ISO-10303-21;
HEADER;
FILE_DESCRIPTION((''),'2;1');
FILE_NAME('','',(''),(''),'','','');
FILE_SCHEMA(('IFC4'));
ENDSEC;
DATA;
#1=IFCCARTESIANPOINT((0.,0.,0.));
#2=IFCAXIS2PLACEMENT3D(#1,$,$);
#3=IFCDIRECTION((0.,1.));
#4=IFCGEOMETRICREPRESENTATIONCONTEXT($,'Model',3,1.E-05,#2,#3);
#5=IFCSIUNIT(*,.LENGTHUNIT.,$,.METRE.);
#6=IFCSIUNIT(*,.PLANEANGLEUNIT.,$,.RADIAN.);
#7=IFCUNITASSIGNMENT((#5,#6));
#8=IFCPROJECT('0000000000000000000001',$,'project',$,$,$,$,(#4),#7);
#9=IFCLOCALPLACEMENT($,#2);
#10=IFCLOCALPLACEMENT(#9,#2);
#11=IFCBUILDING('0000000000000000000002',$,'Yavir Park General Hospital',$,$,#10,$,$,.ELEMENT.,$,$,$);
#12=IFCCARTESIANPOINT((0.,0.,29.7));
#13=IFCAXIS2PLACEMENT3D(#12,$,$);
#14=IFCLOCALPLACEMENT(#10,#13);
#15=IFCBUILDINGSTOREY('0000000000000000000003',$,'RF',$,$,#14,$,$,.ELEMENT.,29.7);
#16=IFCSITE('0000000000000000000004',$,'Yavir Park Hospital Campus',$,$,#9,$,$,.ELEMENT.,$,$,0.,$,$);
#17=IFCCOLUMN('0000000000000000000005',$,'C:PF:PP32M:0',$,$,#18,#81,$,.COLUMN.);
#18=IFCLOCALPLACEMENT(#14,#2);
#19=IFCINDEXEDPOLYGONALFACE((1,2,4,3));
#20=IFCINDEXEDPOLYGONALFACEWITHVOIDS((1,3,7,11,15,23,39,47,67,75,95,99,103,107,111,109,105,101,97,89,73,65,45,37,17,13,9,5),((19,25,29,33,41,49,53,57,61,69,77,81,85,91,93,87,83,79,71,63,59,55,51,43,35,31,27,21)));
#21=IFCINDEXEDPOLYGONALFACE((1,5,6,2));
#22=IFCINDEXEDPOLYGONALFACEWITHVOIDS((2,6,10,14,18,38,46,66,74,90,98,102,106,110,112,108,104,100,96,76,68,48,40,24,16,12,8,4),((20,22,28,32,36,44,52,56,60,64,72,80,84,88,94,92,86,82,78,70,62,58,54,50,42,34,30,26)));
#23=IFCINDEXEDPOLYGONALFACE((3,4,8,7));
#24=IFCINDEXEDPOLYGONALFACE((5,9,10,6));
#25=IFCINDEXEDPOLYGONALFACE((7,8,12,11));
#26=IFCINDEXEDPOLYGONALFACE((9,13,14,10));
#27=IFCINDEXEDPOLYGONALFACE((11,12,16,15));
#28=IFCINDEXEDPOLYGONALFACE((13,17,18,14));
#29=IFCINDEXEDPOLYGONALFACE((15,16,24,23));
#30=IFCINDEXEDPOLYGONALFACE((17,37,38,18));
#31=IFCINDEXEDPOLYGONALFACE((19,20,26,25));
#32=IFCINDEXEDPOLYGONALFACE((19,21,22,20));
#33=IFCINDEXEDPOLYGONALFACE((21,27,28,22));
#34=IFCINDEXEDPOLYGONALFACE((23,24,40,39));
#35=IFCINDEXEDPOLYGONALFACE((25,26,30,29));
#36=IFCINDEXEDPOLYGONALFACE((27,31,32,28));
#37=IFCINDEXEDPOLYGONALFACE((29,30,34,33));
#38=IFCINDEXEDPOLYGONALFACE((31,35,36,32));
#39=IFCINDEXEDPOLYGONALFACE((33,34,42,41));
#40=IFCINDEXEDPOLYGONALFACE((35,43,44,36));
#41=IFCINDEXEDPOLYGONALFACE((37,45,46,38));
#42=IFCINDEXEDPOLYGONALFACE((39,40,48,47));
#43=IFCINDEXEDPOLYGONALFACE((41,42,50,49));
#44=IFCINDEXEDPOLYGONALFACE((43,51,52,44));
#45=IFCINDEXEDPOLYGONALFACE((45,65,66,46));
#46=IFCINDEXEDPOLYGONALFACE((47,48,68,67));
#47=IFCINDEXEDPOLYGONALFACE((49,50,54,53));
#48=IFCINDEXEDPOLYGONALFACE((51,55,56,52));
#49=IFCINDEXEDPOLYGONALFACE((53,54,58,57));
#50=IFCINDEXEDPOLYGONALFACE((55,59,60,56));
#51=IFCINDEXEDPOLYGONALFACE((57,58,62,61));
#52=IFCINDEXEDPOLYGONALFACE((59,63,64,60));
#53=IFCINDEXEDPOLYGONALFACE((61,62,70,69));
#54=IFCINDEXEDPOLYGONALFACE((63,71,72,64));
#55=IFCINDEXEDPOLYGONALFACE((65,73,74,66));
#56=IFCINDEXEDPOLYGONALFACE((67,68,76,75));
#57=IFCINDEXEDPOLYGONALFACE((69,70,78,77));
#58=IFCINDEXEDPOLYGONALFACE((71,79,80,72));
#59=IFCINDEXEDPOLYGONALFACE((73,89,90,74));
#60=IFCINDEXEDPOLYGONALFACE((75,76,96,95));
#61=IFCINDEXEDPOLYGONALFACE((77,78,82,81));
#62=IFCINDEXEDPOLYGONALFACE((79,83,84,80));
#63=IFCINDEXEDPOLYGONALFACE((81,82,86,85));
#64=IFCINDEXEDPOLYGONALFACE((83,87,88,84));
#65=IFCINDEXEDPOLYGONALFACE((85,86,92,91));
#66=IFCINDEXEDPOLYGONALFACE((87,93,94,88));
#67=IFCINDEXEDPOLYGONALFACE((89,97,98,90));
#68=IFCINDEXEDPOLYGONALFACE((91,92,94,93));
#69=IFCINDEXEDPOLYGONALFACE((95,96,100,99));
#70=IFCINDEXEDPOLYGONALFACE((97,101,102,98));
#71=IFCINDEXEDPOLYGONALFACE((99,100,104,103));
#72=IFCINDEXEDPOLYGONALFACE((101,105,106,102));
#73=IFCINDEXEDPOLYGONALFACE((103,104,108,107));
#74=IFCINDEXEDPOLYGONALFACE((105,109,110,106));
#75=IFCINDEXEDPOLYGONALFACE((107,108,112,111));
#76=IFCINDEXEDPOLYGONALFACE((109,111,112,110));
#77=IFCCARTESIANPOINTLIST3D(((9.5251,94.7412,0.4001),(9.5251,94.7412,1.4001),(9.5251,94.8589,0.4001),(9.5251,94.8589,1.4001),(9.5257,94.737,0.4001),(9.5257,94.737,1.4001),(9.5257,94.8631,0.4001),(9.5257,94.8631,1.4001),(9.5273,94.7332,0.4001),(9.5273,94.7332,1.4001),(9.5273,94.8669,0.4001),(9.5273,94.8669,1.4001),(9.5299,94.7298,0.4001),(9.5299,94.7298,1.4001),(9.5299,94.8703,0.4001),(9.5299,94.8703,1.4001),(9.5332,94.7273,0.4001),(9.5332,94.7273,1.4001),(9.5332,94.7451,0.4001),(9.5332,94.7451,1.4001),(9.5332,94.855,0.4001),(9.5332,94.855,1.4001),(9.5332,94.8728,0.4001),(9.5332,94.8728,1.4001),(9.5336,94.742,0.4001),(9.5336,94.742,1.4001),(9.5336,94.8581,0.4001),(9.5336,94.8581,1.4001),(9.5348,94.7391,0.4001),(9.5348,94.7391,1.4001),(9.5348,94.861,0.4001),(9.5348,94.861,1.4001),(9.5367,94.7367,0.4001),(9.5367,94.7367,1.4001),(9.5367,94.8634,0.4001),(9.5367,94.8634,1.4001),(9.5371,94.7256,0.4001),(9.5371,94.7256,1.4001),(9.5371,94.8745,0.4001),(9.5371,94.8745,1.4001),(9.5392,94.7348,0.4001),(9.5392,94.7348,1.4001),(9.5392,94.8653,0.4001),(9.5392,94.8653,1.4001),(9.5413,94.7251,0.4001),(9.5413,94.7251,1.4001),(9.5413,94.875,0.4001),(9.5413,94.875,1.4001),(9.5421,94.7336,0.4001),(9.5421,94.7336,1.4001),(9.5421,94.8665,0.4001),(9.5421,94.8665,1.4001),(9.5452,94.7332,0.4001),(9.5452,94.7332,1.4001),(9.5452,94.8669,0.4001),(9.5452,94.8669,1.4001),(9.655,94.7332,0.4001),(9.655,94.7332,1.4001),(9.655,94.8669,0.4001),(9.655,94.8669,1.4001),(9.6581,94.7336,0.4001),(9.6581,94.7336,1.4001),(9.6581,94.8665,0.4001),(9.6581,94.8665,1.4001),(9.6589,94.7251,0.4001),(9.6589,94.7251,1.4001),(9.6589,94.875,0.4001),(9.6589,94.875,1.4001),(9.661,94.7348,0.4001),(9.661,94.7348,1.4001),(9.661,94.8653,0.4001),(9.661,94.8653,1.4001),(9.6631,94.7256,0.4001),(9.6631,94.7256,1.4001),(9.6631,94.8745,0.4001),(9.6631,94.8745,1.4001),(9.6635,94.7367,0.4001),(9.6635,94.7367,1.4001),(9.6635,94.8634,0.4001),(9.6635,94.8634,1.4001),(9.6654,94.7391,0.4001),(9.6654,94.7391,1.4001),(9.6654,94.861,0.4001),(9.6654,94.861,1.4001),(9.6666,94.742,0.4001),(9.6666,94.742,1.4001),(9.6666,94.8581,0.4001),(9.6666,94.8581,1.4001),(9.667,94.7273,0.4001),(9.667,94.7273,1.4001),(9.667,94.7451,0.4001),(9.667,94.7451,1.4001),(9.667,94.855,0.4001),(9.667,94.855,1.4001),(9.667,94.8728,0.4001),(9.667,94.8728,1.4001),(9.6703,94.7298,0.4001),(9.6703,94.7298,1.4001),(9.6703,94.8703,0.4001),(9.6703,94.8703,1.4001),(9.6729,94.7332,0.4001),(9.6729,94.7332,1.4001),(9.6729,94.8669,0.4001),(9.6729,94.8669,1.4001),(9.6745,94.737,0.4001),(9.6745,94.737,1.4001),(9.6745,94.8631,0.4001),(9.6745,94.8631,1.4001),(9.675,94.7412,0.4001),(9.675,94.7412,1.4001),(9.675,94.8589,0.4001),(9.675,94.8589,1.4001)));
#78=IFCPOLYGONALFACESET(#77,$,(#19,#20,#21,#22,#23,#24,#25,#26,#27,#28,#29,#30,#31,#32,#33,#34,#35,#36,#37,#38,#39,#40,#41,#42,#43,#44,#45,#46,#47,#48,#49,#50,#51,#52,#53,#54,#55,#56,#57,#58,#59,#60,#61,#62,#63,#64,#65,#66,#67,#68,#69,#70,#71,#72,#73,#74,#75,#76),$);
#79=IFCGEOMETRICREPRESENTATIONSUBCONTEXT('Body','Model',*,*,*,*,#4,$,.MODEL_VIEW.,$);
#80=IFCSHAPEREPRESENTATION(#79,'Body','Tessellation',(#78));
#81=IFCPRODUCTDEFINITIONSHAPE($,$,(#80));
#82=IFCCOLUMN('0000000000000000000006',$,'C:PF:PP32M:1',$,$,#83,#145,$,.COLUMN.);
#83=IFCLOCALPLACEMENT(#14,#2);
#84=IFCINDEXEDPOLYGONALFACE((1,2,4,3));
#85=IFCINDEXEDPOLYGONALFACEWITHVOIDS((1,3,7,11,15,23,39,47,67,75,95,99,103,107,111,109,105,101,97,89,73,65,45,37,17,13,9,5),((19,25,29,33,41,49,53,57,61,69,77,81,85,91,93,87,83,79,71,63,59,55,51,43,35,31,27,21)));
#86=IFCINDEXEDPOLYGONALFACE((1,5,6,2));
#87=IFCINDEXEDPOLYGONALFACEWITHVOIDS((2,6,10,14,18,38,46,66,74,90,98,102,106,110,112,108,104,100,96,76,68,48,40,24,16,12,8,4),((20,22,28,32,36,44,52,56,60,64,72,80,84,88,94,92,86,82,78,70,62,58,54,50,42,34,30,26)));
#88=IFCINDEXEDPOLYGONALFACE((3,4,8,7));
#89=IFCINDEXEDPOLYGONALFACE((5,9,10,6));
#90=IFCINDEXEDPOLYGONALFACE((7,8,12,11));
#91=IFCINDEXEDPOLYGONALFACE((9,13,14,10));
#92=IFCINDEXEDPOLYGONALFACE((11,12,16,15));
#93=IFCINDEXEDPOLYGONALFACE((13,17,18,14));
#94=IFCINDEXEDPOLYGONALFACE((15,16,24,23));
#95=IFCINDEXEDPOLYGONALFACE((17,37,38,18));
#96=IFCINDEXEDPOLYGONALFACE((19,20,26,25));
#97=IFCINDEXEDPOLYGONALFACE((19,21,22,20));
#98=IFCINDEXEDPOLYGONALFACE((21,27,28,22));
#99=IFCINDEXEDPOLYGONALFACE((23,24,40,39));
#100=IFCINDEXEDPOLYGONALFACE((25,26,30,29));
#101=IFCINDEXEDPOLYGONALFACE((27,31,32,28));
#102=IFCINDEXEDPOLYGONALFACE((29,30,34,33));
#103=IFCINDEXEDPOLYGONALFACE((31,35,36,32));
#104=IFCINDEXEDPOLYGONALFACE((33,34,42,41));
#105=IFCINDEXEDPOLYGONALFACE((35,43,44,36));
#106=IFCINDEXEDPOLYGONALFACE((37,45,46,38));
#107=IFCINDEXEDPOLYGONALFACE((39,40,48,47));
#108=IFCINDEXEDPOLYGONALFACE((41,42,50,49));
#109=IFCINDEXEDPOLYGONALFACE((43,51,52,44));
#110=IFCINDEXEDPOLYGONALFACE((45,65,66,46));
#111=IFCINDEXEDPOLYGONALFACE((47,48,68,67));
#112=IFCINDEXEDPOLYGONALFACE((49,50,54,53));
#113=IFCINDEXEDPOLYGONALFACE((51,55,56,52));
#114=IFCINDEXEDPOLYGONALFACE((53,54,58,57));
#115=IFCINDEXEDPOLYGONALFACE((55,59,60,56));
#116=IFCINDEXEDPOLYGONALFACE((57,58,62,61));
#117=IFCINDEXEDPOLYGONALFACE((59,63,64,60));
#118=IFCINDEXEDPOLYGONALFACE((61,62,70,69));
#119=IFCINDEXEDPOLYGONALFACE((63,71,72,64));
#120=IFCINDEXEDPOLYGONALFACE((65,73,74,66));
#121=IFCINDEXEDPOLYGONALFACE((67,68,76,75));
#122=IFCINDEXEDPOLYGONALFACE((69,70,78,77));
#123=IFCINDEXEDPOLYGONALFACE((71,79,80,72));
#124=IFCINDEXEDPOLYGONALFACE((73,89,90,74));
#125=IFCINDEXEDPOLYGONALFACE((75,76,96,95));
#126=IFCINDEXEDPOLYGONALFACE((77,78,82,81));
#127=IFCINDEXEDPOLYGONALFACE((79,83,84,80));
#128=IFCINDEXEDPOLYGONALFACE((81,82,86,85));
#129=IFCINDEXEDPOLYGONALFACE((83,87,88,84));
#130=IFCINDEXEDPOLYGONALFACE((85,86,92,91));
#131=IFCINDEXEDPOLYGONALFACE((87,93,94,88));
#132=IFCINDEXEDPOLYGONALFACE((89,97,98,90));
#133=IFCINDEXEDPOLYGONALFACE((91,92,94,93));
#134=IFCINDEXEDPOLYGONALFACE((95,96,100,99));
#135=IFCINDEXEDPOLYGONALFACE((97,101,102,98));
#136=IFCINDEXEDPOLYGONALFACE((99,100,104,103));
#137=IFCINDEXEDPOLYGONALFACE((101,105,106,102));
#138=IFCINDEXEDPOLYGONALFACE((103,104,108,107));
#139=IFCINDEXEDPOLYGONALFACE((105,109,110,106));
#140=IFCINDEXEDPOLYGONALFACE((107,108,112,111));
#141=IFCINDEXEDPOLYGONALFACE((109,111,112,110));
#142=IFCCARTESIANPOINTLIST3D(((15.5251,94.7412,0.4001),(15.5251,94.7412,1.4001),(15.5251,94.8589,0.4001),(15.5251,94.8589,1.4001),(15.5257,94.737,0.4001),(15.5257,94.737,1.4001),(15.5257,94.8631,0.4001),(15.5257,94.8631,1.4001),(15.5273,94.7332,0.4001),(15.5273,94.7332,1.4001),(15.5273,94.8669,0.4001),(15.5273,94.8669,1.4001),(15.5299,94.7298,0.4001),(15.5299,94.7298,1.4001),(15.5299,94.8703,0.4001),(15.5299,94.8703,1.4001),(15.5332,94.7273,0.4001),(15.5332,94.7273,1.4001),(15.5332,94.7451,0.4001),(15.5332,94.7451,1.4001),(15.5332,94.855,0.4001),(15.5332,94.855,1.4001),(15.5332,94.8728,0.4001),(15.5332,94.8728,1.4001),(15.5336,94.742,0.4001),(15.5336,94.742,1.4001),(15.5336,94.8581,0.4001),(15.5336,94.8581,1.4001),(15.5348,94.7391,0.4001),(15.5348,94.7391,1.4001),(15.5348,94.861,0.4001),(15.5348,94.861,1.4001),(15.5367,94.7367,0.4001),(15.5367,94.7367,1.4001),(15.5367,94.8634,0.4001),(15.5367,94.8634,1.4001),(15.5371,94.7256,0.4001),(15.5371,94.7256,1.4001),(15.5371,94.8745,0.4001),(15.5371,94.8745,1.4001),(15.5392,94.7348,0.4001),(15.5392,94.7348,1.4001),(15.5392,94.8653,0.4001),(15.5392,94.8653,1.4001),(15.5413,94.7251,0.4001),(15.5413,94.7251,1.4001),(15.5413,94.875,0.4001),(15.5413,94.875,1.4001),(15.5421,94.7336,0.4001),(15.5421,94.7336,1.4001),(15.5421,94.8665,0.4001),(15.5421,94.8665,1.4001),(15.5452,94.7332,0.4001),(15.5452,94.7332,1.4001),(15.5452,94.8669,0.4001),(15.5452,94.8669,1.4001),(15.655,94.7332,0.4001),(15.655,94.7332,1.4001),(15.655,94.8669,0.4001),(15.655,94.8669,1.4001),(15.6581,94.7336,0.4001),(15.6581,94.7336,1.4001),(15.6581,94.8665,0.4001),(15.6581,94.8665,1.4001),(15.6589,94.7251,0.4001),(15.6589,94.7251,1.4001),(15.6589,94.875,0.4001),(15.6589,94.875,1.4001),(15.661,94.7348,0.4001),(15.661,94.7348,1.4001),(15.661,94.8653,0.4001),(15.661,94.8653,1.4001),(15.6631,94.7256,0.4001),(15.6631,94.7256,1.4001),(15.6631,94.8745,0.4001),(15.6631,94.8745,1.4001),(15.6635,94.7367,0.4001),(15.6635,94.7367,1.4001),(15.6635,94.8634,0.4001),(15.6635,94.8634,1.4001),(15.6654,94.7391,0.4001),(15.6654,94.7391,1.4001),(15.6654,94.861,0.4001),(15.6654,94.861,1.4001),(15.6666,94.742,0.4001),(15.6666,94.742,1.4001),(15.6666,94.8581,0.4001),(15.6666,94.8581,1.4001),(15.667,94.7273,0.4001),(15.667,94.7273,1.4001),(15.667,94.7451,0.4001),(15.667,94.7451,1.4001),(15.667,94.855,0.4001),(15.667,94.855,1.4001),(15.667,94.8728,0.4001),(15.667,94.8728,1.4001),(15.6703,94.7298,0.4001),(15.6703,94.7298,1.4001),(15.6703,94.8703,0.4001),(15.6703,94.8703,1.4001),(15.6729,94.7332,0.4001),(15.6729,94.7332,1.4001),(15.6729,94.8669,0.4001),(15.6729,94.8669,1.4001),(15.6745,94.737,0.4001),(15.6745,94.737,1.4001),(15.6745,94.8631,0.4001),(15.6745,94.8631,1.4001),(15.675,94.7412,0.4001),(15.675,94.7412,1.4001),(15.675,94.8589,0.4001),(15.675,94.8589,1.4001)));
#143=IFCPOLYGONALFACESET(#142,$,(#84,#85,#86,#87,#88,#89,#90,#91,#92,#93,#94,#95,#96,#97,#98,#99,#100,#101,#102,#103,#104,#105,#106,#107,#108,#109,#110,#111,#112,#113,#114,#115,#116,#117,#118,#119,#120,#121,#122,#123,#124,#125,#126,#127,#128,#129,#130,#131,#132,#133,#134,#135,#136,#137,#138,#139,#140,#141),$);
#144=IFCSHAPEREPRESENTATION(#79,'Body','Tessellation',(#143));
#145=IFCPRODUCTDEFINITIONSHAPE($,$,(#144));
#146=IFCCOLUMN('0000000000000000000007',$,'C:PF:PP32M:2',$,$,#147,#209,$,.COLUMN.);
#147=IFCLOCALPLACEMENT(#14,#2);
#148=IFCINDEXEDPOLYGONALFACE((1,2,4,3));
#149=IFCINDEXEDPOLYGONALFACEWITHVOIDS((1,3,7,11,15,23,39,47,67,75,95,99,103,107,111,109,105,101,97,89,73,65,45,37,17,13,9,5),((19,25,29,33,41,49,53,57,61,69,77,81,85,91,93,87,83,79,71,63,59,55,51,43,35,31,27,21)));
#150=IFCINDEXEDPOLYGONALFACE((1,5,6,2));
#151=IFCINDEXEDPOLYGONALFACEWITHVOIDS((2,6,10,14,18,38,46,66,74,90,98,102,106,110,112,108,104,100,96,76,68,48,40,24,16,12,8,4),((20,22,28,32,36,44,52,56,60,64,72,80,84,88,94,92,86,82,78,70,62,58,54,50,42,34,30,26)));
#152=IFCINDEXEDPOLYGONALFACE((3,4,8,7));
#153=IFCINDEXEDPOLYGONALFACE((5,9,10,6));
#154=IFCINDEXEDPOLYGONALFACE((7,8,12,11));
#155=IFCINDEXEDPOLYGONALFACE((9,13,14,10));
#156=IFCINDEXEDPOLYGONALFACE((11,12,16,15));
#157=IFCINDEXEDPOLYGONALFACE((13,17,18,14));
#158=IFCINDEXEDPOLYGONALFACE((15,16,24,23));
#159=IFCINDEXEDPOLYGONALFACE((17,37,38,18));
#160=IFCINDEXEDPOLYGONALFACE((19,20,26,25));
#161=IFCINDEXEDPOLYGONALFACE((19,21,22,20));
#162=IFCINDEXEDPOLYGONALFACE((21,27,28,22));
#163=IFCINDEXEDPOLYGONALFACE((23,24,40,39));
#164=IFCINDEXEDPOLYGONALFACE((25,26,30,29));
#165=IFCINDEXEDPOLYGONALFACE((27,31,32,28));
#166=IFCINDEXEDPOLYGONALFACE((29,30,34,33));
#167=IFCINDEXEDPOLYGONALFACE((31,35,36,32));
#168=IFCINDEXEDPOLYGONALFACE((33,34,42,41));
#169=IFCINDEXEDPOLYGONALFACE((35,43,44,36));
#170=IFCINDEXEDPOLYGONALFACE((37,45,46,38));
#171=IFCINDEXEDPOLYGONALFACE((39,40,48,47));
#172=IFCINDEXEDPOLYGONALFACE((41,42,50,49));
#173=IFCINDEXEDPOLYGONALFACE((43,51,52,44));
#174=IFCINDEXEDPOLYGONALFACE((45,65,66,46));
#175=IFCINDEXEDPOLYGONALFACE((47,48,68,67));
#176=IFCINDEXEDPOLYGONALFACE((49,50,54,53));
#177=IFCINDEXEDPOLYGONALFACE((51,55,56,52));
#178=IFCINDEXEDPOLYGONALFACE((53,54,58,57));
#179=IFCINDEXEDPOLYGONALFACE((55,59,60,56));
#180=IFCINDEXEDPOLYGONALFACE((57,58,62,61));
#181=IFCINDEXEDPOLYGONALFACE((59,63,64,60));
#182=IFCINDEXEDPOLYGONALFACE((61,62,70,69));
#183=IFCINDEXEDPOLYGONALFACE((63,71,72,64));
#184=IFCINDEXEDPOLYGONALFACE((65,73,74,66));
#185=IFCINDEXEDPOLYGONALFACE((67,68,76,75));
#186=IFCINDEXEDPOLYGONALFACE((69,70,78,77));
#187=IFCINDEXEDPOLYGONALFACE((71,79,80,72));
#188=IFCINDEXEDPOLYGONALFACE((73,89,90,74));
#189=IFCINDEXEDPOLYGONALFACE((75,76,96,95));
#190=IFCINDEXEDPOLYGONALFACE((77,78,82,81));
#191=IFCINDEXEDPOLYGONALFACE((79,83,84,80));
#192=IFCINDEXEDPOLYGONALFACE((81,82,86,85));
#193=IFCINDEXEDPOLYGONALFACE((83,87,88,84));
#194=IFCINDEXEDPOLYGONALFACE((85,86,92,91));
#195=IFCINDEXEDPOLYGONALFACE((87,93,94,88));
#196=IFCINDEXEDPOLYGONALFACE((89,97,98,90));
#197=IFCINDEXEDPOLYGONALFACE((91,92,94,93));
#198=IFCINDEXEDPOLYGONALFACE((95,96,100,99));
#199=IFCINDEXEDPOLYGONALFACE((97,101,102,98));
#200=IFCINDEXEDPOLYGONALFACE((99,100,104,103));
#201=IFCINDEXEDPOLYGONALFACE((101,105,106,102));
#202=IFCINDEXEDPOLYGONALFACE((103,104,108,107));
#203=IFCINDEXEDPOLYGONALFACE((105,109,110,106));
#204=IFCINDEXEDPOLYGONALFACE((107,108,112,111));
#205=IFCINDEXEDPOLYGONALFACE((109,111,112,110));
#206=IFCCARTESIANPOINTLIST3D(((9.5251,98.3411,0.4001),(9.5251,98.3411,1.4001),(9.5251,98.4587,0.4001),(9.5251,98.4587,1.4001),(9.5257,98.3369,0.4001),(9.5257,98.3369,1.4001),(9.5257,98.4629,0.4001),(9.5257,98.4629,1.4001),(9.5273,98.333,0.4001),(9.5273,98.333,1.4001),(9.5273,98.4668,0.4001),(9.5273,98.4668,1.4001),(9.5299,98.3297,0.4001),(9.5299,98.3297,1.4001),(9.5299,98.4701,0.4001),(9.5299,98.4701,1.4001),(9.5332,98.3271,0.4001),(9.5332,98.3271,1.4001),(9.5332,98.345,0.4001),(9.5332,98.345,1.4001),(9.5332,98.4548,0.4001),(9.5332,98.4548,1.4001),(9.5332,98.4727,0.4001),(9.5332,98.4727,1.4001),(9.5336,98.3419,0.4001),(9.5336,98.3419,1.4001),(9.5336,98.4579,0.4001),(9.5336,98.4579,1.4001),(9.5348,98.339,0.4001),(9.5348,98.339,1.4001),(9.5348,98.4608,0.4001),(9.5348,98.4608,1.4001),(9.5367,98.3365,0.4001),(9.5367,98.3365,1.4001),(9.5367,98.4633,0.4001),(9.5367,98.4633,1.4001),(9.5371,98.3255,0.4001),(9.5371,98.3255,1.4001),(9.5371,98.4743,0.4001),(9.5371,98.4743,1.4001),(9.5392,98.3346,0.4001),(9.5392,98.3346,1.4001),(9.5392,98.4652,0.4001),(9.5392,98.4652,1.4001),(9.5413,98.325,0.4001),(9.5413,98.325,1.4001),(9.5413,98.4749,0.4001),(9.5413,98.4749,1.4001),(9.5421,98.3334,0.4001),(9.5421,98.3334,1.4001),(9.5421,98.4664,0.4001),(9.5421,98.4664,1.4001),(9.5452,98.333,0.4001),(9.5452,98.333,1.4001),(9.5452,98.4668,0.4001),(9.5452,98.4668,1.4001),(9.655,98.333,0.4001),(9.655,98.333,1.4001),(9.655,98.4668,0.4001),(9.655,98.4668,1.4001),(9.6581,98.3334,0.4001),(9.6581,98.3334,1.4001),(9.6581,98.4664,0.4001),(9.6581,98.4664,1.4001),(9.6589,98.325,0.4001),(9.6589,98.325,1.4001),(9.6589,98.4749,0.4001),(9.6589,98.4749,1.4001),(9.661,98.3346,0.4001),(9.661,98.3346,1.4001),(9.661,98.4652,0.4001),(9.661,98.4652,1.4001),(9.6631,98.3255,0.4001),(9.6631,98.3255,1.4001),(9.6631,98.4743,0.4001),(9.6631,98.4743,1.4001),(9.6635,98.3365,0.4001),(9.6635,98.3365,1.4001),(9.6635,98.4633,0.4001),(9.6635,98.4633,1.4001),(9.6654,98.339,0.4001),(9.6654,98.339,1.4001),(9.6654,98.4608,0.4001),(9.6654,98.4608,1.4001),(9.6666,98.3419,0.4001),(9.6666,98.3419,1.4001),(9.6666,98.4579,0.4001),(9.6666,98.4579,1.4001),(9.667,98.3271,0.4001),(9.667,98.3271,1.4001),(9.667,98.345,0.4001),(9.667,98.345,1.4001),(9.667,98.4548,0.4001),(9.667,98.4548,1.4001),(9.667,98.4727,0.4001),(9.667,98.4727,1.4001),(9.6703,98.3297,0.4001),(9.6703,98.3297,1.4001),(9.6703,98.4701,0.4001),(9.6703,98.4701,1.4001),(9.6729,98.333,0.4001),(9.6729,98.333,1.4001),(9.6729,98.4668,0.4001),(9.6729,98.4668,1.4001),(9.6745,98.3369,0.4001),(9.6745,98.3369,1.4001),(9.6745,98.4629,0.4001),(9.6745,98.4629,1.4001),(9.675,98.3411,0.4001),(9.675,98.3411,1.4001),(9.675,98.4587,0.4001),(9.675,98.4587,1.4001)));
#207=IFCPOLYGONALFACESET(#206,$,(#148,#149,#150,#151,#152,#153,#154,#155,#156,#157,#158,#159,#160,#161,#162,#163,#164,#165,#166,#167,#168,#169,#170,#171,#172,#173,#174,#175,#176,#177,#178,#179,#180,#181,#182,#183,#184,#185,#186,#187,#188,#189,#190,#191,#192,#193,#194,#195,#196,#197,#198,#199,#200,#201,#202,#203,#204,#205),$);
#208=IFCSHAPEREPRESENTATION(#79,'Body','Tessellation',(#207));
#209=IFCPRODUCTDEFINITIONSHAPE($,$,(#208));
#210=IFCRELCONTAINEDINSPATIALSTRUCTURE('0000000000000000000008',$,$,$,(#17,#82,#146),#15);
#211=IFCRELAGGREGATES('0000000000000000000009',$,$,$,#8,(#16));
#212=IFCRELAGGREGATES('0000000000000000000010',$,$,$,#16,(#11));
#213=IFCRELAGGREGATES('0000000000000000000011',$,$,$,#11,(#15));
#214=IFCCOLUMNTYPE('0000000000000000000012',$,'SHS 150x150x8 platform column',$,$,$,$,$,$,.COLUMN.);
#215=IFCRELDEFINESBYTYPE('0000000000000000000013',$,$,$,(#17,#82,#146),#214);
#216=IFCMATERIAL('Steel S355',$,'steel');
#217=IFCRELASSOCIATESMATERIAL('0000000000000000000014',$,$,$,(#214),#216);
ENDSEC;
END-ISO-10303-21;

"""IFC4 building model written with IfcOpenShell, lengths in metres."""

from ifc_helpers import new_model, si_unit, direction, frame, origin, origin_2d, place, context, subcontext, project, spatial, hollow_rectangle, extrude, material, material_profile, profile_set, type_object, element, save


model = new_model("IFC4")

# Units and contexts
model_context = context("Model", 3, precision=1e-05, world=origin(), true_north=direction((0.0, 1.0)))
body_context = subcontext(model_context, "Body", "Model", "MODEL_VIEW")
ifc_project = project(units=[si_unit("LENGTHUNIT", "METRE"), si_unit("PLANEANGLEUNIT", "RADIAN")], contexts=[model_context])

# Site, building, storey
site_placement = place(None, origin())
site = spatial("IfcSite", under=ifc_project, at=site_placement, Name="Yavir Park Hospital Campus", CompositionType="ELEMENT", RefElevation=0.0)
building_placement = place(site_placement, origin())
building = spatial("IfcBuilding", under=site, at=building_placement, Name="Yavir Park General Hospital", CompositionType="ELEMENT")
storey_placement = place(building_placement, frame((0.0, 0.0, 29.7)))
storey = spatial("IfcBuildingStorey", under=building, at=storey_placement, Name="RF", CompositionType="ELEMENT", Elevation=29.7)

# Columns
ifc_material_1 = material(Name="Steel S355", Category="steel")
ifc_material_profile_1 = material_profile(ifc_material_1, hollow_rectangle(XDim=0.1499, YDim=0.1499, WallThickness=0.0081, InnerFilletRadius=0.012, OuterFilletRadius=0.0161, at=origin_2d()), Name="SHS150x150x8")
ifc_profile_set_1 = profile_set([ifc_material_profile_1], Name="Steel S355")
column_type_1 = type_object("IfcColumnType", Name="SHS 150x150x8 platform column", PredefinedType="COLUMN", material=ifc_profile_set_1)
for number, where, z_axis, x_axis, name in (
    (1, (9.6001, 94.8, 0.4001), (0.0, 0.0, 1.0), (1.0, 0.0, 0.0), "C:PF:PP32M:0"),
    (2, (15.6001, 94.8, 0.4001), (0.0, 0.0, 1.0), (1.0, 0.0, 0.0), "C:PF:PP32M:1"),
    (3, (9.6001, 98.3999, 0.4001), (0.0, 0.0, 1.0), (1.0, 0.0, 0.0), "C:PF:PP32M:2"),
):
    element("IfcColumn", number, at=place(storey_placement, frame(where, z_axis=z_axis, x_axis=x_axis)), inside=storey, type_object=column_type_1, Name=name, PredefinedType="COLUMN", context=body_context, shape_type="SweptSolid", body=[
        extrude(hollow_rectangle(XDim=0.1499, YDim=0.1499, WallThickness=0.0081, InnerFilletRadius=0.012, OuterFilletRadius=0.0161, at=origin_2d()), origin(), (0.0, 0.0, 1.0), 1.0),
    ])

save(model, "model.ifc")
